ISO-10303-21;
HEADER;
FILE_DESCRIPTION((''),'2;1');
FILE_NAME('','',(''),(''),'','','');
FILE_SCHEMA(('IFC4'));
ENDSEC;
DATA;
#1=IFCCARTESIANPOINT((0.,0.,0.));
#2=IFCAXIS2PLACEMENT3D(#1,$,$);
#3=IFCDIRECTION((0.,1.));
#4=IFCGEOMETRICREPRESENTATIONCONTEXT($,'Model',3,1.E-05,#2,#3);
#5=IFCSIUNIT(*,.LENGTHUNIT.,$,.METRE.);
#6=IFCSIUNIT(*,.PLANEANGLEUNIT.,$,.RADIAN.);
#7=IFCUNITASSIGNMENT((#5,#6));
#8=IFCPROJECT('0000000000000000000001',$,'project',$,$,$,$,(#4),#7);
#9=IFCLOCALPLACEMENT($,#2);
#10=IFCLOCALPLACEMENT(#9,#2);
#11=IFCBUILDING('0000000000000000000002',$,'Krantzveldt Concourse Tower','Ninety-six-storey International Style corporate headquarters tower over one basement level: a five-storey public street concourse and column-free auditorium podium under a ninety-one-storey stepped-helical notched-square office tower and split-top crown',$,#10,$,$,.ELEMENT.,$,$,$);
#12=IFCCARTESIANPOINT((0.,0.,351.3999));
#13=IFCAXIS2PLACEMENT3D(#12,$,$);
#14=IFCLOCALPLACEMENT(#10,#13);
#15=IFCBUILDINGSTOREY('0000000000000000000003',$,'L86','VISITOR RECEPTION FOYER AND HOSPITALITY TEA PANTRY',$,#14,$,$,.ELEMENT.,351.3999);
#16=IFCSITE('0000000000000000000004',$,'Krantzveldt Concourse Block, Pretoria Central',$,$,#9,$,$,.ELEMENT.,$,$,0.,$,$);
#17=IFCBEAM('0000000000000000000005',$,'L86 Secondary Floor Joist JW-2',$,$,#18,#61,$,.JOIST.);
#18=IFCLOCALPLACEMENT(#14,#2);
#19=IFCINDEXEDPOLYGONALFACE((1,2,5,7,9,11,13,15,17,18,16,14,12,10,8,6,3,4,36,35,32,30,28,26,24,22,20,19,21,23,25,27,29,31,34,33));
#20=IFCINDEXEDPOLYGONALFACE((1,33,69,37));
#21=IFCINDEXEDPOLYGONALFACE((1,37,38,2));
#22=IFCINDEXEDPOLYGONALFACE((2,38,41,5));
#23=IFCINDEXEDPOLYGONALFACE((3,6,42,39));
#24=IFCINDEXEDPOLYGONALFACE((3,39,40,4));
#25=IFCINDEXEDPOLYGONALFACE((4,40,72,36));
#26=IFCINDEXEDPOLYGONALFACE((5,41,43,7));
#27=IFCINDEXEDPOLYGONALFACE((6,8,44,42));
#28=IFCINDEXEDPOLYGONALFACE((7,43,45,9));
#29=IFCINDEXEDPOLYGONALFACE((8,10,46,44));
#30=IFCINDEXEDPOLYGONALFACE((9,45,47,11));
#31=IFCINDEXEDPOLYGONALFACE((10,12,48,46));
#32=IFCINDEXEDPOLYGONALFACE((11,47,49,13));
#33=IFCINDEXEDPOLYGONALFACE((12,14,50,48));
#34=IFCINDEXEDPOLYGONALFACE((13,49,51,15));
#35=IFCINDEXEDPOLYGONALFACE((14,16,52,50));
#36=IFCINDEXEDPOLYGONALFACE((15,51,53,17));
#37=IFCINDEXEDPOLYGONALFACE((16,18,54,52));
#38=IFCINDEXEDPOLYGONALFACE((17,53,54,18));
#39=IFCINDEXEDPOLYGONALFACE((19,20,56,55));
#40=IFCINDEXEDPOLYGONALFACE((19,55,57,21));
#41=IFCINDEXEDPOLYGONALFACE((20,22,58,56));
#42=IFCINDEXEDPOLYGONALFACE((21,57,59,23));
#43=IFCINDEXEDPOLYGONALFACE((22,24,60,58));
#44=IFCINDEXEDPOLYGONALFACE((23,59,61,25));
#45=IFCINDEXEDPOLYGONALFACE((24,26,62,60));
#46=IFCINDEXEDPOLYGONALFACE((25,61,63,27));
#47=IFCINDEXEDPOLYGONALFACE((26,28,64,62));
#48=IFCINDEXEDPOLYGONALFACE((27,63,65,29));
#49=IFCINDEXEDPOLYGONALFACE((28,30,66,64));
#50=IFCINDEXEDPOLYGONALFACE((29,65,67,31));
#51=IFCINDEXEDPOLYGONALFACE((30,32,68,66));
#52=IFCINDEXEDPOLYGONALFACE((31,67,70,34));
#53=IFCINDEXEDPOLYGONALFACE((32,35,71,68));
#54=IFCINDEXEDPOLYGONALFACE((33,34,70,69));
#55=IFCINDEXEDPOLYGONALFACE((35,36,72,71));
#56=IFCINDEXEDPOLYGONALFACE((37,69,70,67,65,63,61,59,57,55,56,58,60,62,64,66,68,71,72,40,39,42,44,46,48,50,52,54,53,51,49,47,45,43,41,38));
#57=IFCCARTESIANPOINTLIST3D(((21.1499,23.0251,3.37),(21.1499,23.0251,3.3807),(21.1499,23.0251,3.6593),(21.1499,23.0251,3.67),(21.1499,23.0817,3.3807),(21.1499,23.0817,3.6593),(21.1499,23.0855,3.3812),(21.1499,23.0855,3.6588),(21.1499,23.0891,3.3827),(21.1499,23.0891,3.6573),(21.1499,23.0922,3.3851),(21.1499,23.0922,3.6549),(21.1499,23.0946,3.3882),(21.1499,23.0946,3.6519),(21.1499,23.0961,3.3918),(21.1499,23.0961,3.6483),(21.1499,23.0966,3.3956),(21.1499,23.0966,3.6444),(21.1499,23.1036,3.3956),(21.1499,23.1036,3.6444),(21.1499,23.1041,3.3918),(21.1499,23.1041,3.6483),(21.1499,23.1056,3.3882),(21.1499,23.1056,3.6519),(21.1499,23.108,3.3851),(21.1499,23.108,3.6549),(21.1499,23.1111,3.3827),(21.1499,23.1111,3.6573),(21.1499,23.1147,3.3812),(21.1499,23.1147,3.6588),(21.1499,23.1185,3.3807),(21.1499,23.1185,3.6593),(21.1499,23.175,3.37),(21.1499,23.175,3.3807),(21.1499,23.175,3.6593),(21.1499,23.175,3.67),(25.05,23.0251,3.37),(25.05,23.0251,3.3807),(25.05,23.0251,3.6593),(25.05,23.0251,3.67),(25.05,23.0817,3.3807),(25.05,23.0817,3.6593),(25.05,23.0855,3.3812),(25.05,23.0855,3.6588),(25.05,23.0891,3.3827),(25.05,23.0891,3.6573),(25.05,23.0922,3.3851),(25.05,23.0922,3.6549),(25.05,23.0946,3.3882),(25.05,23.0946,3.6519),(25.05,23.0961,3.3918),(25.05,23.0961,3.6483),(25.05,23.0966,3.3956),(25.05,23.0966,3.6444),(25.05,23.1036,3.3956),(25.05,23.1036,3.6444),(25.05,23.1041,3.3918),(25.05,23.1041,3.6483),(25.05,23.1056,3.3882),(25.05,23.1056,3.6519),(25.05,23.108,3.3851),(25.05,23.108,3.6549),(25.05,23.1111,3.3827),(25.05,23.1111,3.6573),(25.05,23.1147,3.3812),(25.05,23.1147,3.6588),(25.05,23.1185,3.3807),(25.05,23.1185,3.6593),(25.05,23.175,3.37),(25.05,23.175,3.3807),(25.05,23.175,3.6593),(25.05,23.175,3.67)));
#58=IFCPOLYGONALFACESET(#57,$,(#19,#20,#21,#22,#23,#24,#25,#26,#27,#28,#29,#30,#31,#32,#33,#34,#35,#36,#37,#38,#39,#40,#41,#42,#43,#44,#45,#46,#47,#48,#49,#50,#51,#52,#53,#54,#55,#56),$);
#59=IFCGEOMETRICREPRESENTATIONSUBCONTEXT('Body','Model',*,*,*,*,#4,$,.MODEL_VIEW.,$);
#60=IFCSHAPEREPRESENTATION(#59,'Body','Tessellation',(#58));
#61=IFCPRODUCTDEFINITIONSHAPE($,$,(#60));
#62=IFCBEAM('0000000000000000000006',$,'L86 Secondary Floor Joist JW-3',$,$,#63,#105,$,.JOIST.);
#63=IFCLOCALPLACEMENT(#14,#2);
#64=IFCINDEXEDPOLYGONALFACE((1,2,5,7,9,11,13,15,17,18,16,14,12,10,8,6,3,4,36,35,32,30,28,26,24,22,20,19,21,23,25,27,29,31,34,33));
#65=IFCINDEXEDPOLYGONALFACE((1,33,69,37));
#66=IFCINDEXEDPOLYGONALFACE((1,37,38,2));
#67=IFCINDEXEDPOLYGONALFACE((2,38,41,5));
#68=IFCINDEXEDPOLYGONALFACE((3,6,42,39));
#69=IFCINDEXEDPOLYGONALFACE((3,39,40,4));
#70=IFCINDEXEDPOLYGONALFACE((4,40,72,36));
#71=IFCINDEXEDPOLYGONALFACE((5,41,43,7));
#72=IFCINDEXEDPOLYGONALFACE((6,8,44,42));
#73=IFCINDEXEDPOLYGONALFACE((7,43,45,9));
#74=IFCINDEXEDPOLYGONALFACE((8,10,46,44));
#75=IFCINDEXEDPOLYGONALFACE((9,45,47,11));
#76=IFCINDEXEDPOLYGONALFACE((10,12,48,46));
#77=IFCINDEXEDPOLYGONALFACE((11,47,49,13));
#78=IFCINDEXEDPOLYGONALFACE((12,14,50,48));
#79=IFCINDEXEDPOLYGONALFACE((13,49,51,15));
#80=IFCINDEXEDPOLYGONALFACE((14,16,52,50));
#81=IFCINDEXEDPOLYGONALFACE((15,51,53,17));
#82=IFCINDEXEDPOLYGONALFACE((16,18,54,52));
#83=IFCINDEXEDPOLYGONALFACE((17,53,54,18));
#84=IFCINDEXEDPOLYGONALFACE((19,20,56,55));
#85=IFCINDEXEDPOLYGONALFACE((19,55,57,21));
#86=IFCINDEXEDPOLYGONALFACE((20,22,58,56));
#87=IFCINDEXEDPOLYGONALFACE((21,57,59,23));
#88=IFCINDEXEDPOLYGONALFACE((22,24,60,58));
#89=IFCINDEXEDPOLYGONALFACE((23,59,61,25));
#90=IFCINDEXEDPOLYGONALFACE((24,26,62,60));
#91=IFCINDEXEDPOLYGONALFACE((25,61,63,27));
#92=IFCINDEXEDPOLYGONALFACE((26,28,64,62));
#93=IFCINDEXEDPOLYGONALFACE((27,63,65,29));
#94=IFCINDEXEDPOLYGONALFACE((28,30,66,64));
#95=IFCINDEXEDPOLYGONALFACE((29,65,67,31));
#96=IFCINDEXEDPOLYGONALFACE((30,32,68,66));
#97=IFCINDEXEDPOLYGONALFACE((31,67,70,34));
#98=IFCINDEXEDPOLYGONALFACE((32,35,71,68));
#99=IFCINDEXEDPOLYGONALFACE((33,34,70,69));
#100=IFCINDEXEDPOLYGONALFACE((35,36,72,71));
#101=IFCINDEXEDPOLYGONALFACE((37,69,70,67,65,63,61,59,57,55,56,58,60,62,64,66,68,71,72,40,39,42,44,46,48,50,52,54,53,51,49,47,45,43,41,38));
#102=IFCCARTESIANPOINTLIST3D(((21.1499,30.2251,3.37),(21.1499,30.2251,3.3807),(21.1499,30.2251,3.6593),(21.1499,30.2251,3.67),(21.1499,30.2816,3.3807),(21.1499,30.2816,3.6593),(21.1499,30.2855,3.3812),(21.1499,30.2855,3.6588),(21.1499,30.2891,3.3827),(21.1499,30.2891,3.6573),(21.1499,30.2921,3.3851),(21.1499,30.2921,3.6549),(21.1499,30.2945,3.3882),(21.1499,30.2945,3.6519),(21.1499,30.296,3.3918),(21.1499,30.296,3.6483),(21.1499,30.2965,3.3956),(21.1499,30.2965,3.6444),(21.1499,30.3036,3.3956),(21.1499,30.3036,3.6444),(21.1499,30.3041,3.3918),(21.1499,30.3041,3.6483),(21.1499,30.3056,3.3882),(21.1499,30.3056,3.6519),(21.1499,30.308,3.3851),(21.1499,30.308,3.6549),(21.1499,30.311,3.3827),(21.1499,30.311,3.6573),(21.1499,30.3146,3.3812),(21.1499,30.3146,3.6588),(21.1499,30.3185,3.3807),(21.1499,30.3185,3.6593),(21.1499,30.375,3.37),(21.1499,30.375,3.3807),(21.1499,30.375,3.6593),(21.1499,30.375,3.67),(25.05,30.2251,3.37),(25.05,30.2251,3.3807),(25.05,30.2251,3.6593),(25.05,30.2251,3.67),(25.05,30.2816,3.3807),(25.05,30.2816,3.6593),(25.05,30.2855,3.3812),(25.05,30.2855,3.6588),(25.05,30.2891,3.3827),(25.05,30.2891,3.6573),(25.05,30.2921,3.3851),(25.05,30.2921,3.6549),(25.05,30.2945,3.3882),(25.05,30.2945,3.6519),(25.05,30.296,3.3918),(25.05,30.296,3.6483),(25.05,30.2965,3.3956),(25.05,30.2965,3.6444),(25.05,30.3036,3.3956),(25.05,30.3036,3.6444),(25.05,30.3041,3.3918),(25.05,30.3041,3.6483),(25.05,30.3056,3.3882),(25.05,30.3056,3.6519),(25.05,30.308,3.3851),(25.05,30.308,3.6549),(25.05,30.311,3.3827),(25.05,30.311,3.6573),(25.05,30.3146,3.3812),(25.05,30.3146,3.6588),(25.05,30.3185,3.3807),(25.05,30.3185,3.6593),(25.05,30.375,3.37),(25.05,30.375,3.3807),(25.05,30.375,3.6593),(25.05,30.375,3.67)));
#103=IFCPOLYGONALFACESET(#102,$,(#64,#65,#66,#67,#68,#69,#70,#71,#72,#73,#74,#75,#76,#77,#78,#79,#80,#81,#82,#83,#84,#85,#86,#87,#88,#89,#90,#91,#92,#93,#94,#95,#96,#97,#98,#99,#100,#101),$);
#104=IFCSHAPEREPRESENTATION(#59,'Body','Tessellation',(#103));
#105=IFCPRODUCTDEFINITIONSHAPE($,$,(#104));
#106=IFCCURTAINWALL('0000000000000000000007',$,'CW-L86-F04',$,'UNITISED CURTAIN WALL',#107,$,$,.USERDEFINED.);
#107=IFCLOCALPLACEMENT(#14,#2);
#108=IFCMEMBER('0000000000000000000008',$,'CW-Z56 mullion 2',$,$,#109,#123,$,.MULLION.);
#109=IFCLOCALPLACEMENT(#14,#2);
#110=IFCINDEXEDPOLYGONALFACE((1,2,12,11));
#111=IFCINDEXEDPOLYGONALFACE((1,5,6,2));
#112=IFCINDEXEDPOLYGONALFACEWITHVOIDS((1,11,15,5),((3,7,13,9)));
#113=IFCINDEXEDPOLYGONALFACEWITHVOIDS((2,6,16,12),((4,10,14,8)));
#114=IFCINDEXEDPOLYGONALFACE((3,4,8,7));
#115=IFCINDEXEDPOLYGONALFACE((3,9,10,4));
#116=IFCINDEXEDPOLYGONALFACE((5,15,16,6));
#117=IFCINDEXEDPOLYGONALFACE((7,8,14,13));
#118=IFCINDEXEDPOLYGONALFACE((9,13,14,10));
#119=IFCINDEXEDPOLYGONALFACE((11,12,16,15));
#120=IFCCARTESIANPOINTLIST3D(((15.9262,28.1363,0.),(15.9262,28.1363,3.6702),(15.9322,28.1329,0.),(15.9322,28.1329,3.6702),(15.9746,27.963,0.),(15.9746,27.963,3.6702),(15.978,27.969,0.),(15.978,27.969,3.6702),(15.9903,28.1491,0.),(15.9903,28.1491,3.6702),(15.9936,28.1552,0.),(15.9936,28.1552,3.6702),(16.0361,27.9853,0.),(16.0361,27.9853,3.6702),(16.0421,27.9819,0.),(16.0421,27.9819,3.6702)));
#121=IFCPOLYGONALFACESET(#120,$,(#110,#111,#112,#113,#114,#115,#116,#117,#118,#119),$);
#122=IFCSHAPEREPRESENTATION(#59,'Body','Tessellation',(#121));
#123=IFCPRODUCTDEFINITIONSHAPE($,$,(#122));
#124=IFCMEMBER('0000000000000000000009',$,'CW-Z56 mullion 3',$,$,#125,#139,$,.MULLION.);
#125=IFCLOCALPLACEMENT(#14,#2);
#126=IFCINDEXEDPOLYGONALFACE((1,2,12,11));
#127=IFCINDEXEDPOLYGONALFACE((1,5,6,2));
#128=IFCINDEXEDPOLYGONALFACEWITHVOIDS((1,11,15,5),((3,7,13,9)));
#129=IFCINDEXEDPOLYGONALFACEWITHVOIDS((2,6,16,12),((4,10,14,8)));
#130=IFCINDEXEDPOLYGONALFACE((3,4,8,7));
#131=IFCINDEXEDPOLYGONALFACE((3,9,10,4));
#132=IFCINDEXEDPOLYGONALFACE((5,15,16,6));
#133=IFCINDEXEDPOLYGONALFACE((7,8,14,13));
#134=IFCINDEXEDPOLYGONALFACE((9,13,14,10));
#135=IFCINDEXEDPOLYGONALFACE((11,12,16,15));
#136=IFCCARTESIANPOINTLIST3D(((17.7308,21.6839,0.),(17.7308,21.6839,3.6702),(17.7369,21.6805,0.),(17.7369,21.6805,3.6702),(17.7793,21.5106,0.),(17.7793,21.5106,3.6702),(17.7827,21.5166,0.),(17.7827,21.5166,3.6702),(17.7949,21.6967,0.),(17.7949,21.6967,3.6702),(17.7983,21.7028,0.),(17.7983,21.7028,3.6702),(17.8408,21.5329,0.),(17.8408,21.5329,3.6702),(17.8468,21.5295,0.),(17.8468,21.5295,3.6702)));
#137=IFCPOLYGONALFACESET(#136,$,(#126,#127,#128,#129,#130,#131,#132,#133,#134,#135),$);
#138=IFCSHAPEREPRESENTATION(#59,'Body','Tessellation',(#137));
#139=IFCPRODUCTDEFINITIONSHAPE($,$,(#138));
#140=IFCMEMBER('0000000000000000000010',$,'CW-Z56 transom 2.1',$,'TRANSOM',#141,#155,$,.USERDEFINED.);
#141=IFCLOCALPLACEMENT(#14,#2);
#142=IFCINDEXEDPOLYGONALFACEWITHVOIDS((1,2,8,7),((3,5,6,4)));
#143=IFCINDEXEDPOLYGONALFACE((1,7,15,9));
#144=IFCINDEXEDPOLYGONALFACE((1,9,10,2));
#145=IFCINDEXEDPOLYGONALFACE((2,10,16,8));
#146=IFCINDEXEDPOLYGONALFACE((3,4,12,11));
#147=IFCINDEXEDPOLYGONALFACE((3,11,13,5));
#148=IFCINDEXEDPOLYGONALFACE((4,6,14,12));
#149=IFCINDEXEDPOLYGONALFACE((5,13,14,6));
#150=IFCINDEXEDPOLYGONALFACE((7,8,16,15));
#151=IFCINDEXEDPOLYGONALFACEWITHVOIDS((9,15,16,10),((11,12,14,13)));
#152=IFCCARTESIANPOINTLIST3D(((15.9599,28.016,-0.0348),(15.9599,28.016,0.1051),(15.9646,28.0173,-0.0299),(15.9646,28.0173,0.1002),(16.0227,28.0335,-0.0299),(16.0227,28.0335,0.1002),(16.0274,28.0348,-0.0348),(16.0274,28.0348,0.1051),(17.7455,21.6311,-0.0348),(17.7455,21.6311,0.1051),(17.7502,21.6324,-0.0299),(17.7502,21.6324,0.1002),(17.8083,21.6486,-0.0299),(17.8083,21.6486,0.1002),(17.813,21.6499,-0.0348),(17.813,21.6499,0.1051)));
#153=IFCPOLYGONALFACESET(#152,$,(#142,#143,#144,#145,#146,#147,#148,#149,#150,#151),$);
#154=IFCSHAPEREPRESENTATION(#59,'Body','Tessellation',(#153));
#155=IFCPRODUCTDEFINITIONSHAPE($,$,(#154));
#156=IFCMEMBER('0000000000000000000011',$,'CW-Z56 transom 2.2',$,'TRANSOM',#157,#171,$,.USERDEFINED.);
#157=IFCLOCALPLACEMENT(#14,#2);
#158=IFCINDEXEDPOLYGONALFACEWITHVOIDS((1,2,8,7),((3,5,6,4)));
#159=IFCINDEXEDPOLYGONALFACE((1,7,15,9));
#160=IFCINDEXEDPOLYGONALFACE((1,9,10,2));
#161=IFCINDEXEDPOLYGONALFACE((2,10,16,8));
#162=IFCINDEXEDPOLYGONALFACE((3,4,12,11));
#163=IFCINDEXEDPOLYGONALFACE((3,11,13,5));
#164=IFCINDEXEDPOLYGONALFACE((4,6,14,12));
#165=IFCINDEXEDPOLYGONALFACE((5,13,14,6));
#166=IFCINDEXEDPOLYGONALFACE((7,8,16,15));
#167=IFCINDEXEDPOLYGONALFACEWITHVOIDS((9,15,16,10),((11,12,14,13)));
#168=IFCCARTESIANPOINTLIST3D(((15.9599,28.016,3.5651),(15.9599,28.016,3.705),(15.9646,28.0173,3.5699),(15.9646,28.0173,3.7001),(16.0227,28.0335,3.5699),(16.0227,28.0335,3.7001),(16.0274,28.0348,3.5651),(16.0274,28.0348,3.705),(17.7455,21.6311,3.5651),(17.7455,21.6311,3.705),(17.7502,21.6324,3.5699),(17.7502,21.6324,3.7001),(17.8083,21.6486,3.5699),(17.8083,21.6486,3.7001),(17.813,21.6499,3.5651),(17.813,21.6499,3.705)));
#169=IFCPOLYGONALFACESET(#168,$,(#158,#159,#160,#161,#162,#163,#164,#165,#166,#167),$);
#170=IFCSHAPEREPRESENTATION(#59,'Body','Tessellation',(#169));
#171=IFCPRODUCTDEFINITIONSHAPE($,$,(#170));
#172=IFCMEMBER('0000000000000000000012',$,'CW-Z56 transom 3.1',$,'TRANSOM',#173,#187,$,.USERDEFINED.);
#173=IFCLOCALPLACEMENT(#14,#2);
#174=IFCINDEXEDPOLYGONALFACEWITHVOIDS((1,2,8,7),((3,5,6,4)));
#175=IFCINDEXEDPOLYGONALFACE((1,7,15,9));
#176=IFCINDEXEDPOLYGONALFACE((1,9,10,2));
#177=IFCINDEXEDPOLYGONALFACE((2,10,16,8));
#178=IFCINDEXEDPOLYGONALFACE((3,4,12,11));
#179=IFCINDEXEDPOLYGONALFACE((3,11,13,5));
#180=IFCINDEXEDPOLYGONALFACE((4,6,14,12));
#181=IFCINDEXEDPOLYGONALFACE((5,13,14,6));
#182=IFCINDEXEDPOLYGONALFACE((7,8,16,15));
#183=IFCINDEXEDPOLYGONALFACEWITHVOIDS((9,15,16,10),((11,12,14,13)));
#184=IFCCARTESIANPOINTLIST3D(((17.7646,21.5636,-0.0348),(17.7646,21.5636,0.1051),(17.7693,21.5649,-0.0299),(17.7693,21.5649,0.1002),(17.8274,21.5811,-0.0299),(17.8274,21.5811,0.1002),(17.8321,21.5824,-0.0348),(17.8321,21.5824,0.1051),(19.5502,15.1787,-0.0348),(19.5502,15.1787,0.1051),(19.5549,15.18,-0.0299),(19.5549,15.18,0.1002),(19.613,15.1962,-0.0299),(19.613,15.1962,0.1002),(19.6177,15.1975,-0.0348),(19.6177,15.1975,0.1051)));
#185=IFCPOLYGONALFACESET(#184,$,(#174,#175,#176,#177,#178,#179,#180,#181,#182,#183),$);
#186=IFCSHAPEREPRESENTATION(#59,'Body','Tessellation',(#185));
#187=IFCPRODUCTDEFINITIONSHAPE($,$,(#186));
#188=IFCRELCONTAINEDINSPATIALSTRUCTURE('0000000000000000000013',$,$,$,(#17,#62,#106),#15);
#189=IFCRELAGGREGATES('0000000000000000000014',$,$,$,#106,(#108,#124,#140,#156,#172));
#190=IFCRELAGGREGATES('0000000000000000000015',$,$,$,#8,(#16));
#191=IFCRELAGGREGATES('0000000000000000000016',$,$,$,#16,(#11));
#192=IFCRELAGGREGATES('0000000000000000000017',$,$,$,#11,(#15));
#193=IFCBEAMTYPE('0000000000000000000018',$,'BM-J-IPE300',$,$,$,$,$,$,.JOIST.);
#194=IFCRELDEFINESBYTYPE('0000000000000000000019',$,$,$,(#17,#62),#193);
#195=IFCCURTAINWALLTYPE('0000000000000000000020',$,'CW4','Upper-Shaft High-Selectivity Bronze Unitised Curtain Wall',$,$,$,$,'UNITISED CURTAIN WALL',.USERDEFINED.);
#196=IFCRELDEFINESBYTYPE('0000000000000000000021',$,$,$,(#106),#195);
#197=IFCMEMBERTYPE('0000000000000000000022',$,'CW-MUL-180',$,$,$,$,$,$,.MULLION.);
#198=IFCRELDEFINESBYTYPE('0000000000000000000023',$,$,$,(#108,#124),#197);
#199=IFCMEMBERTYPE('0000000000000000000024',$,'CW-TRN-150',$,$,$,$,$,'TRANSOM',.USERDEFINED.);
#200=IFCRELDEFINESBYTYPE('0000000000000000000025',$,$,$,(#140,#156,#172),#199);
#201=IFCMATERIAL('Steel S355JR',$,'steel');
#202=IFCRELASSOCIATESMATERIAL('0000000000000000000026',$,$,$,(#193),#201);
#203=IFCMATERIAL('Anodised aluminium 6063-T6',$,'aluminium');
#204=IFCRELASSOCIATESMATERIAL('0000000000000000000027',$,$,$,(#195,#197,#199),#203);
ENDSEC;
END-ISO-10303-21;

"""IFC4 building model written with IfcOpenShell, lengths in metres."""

from ifc_helpers import new_model, si_unit, direction, frame, origin, origin_2d, place, context, subcontext, project, spatial, hollow_rectangle, i_section, extrude, source, transform, mapped, material, material_profile, profile_set, type_object, type_shapes, element, aggregate, save


model = new_model("IFC4")

# Units and contexts
model_context = context("Model", 3, precision=1e-05, world=origin(), true_north=direction((0.0, 1.0)))
body_context = subcontext(model_context, "Body", "Model", "MODEL_VIEW")
ifc_project = project(units=[si_unit("LENGTHUNIT", "METRE"), si_unit("PLANEANGLEUNIT", "RADIAN")], contexts=[model_context])

# Site, building, storey
site_placement = place(None, origin())
site = spatial("IfcSite", under=ifc_project, at=site_placement, Name="Krantzveldt Concourse Block, Pretoria Central", CompositionType="ELEMENT", RefElevation=0.0)
building_placement = place(site_placement, origin())
building = spatial("IfcBuilding", under=site, at=building_placement, Name="Krantzveldt Concourse Tower", Description="Ninety-six-storey International Style corporate headquarters tower over one basement level: a five-storey public street concourse and column-free auditorium podium under a ninety-one-storey stepped-helical notched-square office tower and split-top crown", CompositionType="ELEMENT")
storey_placement = place(building_placement, frame((0.0, 0.0, 351.3999)))
storey = spatial("IfcBuildingStorey", under=building, at=storey_placement, Name="L86", Description="VISITOR RECEPTION FOYER AND HOSPITALITY TEA PANTRY", CompositionType="ELEMENT", Elevation=351.3999)

# Beams
ifc_material_1 = material(Name="Steel S355JR", Category="steel")
ifc_material_profile_1 = material_profile(ifc_material_1, i_section(OverallWidth=0.1499, OverallDepth=0.3, WebThickness=0.0071, FlangeThickness=0.0107, FilletRadius=0.0149, at=origin_2d()), Name="Steel S355JR", Category="steel")
ifc_profile_set_1 = profile_set([ifc_material_profile_1], Name="Steel S355JR - IPE 300")
beam_type_1 = type_object("IfcBeamType", Name="BM-J-IPE300", PredefinedType="JOIST", material=ifc_profile_set_1)
shared_shape_1 = source(origin(), body_context, "Body", "SweptSolid", [
    extrude(i_section(OverallWidth=0.1499, OverallDepth=0.3, WebThickness=0.0071, FlangeThickness=0.0107, FilletRadius=0.0149, at=origin_2d()), origin(), (0.0, 0.0, 1.0), 3.9001),
])
for number, where, z_axis, x_axis, name in (
    (1, (21.1499, 23.1001, 3.52), (1.0, 0.0, 0.0), (0.0, 1.0, 0.0), "L86 Secondary Floor Joist JW-2"),
    (2, (21.1499, 30.3, 3.52), (1.0, 0.0, 0.0), (0.0, 1.0, 0.0), "L86 Secondary Floor Joist JW-3"),
):
    element("IfcBeam", number, at=place(storey_placement, frame(where, z_axis=z_axis, x_axis=x_axis)), inside=storey, type_object=beam_type_1, Name=name, PredefinedType="JOIST", context=body_context, shape_type="MappedRepresentation", body=[
        mapped(shared_shape_1, transform((0.0, 0.0, 0.0), x_axis=(1.0, 0.0, 0.0), y_axis=(0.0, 1.0, 0.0), z_axis=(0.0, 0.0, 1.0), scale=1.0)),
    ])

# Curtain wall, members
ifc_material_2 = material(Name="Anodised aluminium 6063-T6", Category="aluminium")
curtain_wall_type = type_object("IfcCurtainWallType", Name="CW4", Description="Upper-Shaft High-Selectivity Bronze Unitised Curtain Wall", ElementType="UNITISED CURTAIN WALL", PredefinedType="USERDEFINED", material=ifc_material_2)
curtain_wall_placement = place(storey_placement, origin())
curtain_wall = element("IfcCurtainWall", 3, at=curtain_wall_placement, inside=storey, type_object=curtain_wall_type, Name="CW-L86-F04", ObjectType="UNITISED CURTAIN WALL", PredefinedType="USERDEFINED")
ifc_material_profile_2 = material_profile(ifc_material_2, hollow_rectangle(XDim=0.0701, YDim=0.1799, WallThickness=0.0049, at=origin_2d()), Name="Anodised aluminium 6063-T6", Category="aluminium")
ifc_profile_set_2 = profile_set([ifc_material_profile_2], Name="Anodised aluminium 6063-T6 - ALU-MULL 180x70x5")
member_type_1 = type_object("IfcMemberType", Name="CW-MUL-180", PredefinedType="MULLION", material=ifc_profile_set_2)
shared_shape_2 = source(origin(), body_context, "Body", "SweptSolid", [
    extrude(hollow_rectangle(XDim=0.0701, YDim=0.1799, WallThickness=0.0049, at=origin_2d()), origin(), (0.0, 0.0, 1.0), 3.6702),
])
type_shapes(member_type_1, [shared_shape_2])
member_1_placement = place(storey_placement, frame((15.9841, 28.0591, 0.0), z_axis=(0.0, 0.0, 1.0), x_axis=(0.963045, 0.26934, 0.0)))
member_1 = element("IfcMember", 4, at=member_1_placement, type_object=member_type_1, Name="CW-Z56 mullion 2", PredefinedType="MULLION", context=body_context, shape_type="MappedRepresentation", body=[
    mapped(shared_shape_2, transform((0.0, 0.0, 0.0), x_axis=(1.0, 0.0, 0.0), y_axis=(0.0, 1.0, 0.0), z_axis=(0.0, 0.0, 1.0), scale=1.0)),
])
member_2_placement = place(storey_placement, frame((17.7888, 21.6067, 0.0), z_axis=(0.0, 0.0, 1.0), x_axis=(0.963045, 0.26934, 0.0)))
member_2 = element("IfcMember", 5, at=member_2_placement, type_object=member_type_1, Name="CW-Z56 mullion 3", PredefinedType="MULLION", context=body_context, shape_type="MappedRepresentation", body=[
    mapped(shared_shape_2, transform((0.0, 0.0, 0.0), x_axis=(1.0, 0.0, 0.0), y_axis=(0.0, 1.0, 0.0), z_axis=(0.0, 0.0, 1.0), scale=1.0)),
])
ifc_material_profile_3 = material_profile(ifc_material_2, hollow_rectangle(XDim=0.0701, YDim=0.1399, WallThickness=0.0049, at=origin_2d()), Name="Anodised aluminium 6063-T6", Category="aluminium")
ifc_profile_set_3 = profile_set([ifc_material_profile_3], Name="Anodised aluminium 6063-T6 - ALU-TRAN 140x70x5")
member_type_2 = type_object("IfcMemberType", Name="CW-TRN-150", ElementType="TRANSOM", PredefinedType="USERDEFINED", material=ifc_profile_set_3)
shared_shape_3 = source(origin(), body_context, "Body", "SweptSolid", [
    extrude(hollow_rectangle(XDim=0.0701, YDim=0.1399, WallThickness=0.0049, at=origin_2d()), origin(), (0.0, 0.0, 1.0), 6.6299),
])
type_shapes(member_type_2, [shared_shape_3])
member_3_placement = place(storey_placement, frame((15.9937, 28.0254, 0.0352), z_axis=(0.269328, -0.963048, 0.0), x_axis=(0.963048, 0.269328, 0.0)))
member_3 = element("IfcMember", 6, at=member_3_placement, type_object=member_type_2, Name="CW-Z56 transom 2.1", ObjectType="TRANSOM", PredefinedType="USERDEFINED", context=body_context, shape_type="MappedRepresentation", body=[
    mapped(shared_shape_3, transform((0.0, 0.0, 0.0), x_axis=(1.0, 0.0, 0.0), y_axis=(0.0, 1.0, 0.0), z_axis=(0.0, 0.0, 1.0), scale=1.0)),
])
member_4_placement = place(storey_placement, frame((15.9937, 28.0254, 3.635), z_axis=(0.269328, -0.963048, 0.0), x_axis=(0.963048, 0.269328, 0.0)))
member_4 = element("IfcMember", 7, at=member_4_placement, type_object=member_type_2, Name="CW-Z56 transom 2.2", ObjectType="TRANSOM", PredefinedType="USERDEFINED", context=body_context, shape_type="MappedRepresentation", body=[
    mapped(shared_shape_3, transform((0.0, 0.0, 0.0), x_axis=(1.0, 0.0, 0.0), y_axis=(0.0, 1.0, 0.0), z_axis=(0.0, 0.0, 1.0), scale=1.0)),
])
member_5_placement = place(storey_placement, frame((17.7983, 21.573, 0.0352), z_axis=(0.269328, -0.963048, 0.0), x_axis=(0.963048, 0.269328, 0.0)))
member_5 = element("IfcMember", 8, at=member_5_placement, type_object=member_type_2, Name="CW-Z56 transom 3.1", ObjectType="TRANSOM", PredefinedType="USERDEFINED", context=body_context, shape_type="MappedRepresentation", body=[
    mapped(shared_shape_3, transform((0.0, 0.0, 0.0), x_axis=(1.0, 0.0, 0.0), y_axis=(0.0, 1.0, 0.0), z_axis=(0.0, 0.0, 1.0), scale=1.0)),
])
aggregate(curtain_wall, [member_1, member_2, member_3, member_4, member_5])

save(model, "model.ifc")
